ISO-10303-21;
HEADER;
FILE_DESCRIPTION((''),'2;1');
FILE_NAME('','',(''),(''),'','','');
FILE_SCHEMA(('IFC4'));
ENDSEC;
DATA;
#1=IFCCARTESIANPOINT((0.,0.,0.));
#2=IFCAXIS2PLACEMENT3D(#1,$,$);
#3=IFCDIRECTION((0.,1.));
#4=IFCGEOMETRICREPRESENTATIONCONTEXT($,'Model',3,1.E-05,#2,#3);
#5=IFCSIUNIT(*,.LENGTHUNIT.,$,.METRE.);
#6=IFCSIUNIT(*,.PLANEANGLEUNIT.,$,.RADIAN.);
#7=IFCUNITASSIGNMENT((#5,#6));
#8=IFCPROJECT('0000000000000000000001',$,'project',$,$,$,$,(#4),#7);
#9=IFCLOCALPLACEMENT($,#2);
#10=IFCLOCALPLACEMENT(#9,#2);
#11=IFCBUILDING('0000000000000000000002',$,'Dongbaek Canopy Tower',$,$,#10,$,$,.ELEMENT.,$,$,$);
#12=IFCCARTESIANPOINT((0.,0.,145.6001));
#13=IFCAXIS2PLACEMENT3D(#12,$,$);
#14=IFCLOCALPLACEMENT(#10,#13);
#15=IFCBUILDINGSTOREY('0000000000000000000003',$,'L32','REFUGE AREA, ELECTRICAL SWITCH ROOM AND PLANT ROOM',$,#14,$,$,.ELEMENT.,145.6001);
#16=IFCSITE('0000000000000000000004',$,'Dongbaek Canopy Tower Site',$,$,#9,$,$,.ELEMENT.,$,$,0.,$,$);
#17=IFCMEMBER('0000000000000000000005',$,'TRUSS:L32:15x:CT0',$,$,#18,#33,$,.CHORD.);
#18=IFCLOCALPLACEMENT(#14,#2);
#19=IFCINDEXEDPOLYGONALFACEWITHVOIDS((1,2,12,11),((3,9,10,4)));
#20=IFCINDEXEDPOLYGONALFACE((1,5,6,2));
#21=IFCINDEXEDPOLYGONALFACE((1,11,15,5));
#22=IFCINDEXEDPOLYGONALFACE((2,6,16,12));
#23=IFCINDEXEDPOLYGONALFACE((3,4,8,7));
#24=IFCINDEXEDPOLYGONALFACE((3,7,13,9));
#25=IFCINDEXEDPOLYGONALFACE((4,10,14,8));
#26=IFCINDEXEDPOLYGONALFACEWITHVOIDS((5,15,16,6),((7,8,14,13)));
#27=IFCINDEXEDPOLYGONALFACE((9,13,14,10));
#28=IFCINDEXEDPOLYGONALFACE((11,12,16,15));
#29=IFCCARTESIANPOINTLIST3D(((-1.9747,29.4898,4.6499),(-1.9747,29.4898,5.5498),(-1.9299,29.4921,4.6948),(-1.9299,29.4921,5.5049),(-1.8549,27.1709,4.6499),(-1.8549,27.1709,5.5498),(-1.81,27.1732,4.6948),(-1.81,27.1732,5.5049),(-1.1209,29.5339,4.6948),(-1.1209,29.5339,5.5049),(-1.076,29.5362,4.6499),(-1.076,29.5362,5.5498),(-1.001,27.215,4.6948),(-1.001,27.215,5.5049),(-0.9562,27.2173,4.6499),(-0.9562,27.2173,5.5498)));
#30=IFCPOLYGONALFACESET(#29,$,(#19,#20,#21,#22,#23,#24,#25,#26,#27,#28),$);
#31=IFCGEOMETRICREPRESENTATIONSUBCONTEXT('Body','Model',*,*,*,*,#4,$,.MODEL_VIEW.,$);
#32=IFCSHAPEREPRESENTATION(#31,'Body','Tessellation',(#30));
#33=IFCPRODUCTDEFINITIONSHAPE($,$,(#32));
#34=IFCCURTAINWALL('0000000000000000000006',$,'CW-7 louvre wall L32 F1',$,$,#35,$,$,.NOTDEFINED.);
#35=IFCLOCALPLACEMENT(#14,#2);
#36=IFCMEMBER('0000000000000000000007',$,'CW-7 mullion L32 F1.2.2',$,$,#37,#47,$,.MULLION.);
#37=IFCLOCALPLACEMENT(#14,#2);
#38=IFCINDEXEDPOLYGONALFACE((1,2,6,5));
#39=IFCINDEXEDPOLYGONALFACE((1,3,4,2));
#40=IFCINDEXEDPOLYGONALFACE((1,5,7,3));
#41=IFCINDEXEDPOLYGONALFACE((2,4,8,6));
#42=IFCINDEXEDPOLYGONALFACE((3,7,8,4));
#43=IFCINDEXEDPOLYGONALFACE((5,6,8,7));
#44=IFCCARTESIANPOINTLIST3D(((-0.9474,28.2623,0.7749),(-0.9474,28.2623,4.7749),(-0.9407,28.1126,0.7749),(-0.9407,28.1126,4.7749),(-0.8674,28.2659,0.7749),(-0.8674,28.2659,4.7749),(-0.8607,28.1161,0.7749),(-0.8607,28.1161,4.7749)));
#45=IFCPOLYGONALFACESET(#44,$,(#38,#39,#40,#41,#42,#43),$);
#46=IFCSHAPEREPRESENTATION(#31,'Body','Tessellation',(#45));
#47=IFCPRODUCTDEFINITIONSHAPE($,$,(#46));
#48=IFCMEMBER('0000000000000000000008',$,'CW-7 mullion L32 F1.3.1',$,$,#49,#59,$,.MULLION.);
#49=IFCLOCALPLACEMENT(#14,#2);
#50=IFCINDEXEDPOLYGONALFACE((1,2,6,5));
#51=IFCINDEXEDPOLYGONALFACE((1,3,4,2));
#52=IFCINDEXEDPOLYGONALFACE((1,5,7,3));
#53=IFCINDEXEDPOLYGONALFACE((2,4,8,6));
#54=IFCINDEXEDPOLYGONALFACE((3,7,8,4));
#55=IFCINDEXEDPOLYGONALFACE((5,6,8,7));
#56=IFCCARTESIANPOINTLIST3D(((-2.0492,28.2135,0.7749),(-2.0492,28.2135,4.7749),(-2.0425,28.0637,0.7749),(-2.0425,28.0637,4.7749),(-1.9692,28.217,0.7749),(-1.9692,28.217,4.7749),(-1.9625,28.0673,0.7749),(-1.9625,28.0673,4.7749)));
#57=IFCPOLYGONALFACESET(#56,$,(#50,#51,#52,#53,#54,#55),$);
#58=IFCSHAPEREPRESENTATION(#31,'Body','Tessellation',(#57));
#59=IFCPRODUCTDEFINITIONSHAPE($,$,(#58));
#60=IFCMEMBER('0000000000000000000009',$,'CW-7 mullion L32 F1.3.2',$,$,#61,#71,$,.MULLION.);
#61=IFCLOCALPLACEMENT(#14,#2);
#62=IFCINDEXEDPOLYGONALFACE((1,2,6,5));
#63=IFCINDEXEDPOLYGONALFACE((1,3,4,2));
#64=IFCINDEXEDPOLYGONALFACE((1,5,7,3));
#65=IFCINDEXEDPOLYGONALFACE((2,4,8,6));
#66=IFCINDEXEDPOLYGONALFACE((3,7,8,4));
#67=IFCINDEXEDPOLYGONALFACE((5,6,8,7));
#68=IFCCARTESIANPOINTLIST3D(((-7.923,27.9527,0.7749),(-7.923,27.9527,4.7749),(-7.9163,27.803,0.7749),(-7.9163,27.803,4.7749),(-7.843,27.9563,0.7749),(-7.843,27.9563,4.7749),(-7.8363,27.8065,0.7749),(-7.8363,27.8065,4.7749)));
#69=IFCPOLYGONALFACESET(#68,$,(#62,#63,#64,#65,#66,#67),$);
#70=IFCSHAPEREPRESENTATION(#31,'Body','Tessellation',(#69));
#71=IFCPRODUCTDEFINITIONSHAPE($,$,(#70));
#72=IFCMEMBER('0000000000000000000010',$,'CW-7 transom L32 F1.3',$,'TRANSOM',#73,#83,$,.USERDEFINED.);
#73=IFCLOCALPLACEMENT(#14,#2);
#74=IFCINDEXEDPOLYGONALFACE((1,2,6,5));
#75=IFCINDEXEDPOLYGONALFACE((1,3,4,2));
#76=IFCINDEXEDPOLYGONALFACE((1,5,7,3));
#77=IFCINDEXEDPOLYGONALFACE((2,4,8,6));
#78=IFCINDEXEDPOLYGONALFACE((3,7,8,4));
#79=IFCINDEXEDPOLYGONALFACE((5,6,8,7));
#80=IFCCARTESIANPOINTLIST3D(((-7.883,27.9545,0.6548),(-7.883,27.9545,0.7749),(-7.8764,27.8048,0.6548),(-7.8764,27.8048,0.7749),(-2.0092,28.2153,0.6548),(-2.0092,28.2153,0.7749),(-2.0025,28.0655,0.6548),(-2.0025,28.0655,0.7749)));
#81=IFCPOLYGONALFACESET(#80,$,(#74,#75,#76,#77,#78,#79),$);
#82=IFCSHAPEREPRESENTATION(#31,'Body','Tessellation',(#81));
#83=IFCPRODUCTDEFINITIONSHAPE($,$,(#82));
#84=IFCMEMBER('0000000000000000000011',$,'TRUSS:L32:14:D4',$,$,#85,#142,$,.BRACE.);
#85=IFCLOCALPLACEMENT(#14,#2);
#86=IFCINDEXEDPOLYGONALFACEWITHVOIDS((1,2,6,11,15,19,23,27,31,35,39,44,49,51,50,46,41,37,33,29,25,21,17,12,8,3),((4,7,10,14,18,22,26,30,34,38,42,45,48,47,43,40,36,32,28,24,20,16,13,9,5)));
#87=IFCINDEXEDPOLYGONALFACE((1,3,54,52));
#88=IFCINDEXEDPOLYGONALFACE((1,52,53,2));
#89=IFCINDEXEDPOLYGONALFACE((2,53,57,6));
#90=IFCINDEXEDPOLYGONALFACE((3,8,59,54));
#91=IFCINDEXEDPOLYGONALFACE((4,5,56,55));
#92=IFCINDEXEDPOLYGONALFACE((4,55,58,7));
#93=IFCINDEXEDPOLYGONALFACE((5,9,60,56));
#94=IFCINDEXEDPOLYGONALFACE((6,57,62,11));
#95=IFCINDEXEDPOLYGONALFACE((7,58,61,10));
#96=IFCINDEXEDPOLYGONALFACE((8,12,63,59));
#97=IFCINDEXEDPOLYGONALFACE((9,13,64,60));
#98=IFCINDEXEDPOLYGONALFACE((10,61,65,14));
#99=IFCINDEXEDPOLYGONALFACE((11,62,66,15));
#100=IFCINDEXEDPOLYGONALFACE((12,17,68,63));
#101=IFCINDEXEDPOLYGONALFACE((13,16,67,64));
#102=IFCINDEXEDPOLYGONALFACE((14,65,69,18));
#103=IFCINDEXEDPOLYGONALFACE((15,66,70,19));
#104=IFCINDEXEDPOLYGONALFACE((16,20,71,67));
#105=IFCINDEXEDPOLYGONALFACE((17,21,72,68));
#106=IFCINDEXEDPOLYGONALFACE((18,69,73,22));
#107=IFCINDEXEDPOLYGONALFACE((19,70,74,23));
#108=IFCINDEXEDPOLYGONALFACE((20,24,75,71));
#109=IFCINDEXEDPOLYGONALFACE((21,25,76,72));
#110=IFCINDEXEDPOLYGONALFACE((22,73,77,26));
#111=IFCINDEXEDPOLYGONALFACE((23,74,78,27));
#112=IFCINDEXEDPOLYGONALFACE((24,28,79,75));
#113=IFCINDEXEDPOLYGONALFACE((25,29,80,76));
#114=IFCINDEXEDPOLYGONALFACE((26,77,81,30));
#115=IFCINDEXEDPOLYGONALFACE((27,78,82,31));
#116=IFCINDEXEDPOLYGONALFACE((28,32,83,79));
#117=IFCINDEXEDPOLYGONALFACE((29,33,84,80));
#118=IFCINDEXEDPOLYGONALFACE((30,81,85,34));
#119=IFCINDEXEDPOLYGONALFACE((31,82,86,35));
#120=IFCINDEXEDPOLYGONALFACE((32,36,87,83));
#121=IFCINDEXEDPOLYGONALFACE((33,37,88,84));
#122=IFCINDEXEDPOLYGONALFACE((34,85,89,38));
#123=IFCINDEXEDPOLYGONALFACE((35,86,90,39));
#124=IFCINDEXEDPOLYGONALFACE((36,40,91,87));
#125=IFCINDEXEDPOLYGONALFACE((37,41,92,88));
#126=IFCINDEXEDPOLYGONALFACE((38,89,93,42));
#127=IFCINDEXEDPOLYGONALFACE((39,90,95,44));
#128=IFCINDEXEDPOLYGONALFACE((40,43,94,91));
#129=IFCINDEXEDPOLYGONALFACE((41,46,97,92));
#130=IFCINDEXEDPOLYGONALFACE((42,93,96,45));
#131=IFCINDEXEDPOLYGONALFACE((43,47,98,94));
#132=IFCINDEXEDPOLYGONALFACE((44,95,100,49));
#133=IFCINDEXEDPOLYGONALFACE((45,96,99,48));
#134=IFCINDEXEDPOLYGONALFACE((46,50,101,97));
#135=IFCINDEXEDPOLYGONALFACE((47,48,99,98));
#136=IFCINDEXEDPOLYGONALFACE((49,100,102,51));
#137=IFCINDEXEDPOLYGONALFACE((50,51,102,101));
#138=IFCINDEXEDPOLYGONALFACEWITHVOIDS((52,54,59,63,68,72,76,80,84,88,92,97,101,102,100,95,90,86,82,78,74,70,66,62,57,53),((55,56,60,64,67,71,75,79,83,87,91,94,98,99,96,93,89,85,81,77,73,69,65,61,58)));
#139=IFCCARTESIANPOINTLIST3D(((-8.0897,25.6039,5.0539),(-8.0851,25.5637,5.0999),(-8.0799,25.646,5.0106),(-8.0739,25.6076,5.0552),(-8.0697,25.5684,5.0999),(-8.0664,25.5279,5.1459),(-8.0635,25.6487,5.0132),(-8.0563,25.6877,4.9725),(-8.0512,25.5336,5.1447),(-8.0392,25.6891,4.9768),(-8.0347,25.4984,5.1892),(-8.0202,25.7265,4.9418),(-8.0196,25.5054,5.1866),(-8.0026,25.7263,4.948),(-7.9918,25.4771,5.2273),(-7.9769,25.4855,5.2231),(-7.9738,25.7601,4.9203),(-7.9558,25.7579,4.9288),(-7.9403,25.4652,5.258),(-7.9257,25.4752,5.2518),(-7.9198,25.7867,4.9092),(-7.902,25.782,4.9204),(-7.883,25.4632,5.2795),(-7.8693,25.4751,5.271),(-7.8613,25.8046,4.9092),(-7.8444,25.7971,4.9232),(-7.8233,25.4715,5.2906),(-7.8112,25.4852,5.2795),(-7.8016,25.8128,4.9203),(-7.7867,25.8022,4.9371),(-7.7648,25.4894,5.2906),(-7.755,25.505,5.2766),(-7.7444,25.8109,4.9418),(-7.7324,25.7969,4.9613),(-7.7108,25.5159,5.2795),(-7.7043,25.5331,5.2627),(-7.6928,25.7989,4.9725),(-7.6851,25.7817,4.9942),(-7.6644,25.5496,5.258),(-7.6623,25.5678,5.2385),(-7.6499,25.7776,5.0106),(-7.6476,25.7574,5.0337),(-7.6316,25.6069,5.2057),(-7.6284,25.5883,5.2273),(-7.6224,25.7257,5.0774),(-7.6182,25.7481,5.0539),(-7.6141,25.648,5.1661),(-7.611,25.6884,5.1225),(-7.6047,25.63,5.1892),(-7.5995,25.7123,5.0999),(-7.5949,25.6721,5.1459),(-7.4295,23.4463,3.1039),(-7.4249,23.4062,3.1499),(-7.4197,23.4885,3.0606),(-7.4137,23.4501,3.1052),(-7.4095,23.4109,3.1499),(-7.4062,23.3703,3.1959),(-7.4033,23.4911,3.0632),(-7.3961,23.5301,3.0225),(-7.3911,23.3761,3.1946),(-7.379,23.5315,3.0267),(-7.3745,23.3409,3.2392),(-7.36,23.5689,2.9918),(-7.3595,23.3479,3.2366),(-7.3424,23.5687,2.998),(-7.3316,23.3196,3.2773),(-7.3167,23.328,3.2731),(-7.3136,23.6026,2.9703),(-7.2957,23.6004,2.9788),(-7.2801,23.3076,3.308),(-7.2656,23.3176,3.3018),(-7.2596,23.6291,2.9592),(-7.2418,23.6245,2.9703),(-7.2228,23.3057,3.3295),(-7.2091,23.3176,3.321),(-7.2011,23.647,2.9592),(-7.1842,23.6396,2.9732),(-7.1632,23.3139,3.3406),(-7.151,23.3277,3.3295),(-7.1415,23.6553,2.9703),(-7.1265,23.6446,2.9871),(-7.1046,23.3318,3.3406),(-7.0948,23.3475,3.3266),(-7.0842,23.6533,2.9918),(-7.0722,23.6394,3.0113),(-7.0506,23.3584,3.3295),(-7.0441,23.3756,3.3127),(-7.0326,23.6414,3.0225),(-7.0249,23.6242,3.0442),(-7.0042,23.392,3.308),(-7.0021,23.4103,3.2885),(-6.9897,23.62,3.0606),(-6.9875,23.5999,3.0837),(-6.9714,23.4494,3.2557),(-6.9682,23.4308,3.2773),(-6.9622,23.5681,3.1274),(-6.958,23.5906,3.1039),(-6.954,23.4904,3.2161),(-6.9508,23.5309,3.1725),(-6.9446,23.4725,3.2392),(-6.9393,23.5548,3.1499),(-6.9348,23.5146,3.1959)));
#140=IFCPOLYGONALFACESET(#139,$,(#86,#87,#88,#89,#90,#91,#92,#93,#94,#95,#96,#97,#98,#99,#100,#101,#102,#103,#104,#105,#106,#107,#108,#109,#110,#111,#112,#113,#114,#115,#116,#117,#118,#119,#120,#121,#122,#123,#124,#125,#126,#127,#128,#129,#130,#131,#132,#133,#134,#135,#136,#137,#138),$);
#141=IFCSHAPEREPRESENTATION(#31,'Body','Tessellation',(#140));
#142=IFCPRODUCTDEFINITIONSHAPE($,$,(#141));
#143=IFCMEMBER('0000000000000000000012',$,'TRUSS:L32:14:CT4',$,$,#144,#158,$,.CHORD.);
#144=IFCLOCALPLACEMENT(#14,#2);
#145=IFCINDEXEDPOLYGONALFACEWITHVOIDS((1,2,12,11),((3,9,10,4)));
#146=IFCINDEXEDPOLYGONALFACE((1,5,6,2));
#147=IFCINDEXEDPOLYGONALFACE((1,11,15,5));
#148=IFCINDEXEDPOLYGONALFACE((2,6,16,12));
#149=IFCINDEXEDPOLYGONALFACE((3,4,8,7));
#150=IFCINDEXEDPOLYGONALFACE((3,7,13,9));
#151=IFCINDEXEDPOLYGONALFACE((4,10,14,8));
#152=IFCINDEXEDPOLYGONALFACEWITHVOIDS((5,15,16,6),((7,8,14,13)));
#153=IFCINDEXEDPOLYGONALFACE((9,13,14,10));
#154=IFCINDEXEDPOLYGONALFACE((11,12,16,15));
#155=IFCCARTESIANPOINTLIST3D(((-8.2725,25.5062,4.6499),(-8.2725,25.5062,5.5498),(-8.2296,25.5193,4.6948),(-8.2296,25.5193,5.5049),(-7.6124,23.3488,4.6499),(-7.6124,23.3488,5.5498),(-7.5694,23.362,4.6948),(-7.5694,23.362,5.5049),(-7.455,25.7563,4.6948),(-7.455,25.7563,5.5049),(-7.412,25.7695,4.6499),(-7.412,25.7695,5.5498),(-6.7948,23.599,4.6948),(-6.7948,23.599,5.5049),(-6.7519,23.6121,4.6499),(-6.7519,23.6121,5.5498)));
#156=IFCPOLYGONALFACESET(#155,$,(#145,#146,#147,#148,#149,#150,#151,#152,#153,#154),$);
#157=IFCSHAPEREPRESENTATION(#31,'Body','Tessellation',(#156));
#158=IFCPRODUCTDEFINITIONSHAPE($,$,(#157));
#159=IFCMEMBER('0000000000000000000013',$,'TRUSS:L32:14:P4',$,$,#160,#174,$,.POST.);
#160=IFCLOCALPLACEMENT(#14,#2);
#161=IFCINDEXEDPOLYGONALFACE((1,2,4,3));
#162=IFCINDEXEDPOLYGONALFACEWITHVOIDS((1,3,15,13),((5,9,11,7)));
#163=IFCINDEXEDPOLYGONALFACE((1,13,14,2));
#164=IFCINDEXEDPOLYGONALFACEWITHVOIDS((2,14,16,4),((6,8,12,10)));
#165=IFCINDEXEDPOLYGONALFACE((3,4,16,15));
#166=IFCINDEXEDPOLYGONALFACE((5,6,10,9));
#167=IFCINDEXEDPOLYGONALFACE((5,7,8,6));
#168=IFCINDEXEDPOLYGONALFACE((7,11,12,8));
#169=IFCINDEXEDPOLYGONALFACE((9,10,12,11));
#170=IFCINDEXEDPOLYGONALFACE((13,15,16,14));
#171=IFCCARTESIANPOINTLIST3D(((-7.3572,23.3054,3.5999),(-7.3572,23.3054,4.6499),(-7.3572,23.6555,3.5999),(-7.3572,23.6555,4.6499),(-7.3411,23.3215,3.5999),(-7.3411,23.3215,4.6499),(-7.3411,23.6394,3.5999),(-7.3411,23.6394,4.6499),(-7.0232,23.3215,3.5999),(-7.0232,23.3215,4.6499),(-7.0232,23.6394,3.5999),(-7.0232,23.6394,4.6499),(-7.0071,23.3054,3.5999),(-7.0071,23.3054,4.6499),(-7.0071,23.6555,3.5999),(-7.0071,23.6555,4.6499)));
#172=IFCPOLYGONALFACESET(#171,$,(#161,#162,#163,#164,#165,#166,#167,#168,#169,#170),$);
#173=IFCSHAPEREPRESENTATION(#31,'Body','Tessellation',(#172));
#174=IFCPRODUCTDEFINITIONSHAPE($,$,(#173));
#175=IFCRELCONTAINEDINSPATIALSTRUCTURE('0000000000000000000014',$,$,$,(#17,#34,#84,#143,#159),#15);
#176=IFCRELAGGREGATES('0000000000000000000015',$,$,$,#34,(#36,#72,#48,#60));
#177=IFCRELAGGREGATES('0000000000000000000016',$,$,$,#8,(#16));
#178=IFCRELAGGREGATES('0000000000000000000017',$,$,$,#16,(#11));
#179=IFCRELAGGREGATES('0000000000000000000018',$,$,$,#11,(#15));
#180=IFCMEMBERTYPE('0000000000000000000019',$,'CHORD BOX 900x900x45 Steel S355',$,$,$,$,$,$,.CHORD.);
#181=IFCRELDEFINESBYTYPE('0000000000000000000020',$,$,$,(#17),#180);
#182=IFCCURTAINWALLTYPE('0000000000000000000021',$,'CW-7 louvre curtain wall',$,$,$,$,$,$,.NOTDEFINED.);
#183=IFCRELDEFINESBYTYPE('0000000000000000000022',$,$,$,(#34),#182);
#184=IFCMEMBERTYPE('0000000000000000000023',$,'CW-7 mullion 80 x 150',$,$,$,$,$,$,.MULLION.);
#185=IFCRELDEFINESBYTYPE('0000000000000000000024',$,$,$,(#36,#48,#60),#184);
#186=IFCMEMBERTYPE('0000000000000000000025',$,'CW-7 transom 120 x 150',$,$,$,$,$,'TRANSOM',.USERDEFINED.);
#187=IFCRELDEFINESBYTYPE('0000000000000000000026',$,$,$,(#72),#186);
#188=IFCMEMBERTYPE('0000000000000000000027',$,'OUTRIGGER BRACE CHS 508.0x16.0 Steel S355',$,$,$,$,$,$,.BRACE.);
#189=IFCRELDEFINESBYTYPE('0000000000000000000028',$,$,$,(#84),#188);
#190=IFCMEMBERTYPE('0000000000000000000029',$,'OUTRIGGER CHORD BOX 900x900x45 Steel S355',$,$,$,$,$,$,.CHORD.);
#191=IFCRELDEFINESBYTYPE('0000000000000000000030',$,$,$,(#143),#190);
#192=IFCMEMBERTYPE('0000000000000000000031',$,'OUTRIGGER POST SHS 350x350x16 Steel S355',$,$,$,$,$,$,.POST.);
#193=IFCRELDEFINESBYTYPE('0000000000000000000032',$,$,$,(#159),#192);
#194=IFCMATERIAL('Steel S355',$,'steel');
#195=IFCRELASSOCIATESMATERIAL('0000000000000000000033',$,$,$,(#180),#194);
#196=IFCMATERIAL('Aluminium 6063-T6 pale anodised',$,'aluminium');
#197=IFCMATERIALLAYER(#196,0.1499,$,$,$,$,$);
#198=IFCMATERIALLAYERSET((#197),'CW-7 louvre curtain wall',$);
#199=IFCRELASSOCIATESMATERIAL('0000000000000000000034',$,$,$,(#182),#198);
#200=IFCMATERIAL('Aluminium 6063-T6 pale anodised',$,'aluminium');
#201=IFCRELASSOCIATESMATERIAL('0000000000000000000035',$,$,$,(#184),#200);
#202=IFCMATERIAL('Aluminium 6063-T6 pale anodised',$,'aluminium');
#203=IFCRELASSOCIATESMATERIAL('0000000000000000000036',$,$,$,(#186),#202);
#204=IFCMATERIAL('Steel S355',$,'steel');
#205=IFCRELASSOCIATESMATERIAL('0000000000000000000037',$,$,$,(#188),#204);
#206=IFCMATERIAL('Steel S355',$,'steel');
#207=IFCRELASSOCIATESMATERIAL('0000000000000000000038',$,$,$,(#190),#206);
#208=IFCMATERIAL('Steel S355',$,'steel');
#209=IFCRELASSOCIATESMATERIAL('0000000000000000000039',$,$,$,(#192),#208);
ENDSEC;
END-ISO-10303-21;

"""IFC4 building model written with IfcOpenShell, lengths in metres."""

from ifc_helpers import new_model, si_unit, direction, frame, origin, origin_2d, place, context, subcontext, project, spatial, rectangle, hollow_rectangle, hollow_circle, extrude, material, layer, layer_set, material_profile, profile_set, type_object, element, aggregate, save


model = new_model("IFC4")

# Units and contexts
model_context = context("Model", 3, precision=1e-05, world=origin(), true_north=direction((0.0, 1.0)))
body_context = subcontext(model_context, "Body", "Model", "MODEL_VIEW")
ifc_project = project(units=[si_unit("LENGTHUNIT", "METRE"), si_unit("PLANEANGLEUNIT", "RADIAN")], contexts=[model_context])

# Site, building, storey
site_placement = place(None, origin())
site = spatial("IfcSite", under=ifc_project, at=site_placement, Name="Dongbaek Canopy Tower Site", CompositionType="ELEMENT", RefElevation=0.0)
building_placement = place(site_placement, origin())
building = spatial("IfcBuilding", under=site, at=building_placement, Name="Dongbaek Canopy Tower", CompositionType="ELEMENT")
storey_placement = place(building_placement, frame((0.0, 0.0, 145.6001)))
storey = spatial("IfcBuildingStorey", under=building, at=storey_placement, Name="L32", Description="REFUGE AREA, ELECTRICAL SWITCH ROOM AND PLANT ROOM", CompositionType="ELEMENT", Elevation=145.6001)

# Member
ifc_material_1 = material(Name="Steel S355", Category="steel")
ifc_material_profile_1 = material_profile(ifc_material_1, hollow_rectangle(XDim=0.8999, YDim=0.8999, WallThickness=0.0449, at=origin_2d()), Name="CHORD BOX 900x900x45 Steel S355")
ifc_profile_set_1 = profile_set([ifc_material_profile_1], Name="Steel S355")
member_type_1 = type_object("IfcMemberType", Name="CHORD BOX 900x900x45 Steel S355", PredefinedType="CHORD", material=ifc_profile_set_1)
for number, where, z_axis, x_axis, name in (
    (1, (-1.4055, 27.1941, 5.0999), (-0.051626, 0.998666, 0.0), (-0.998666, -0.051626, 0.0), "TRUSS:L32:15x:CT0"),
):
    element("IfcMember", number, at=place(storey_placement, frame(where, z_axis=z_axis, x_axis=x_axis)), inside=storey, type_object=member_type_1, Name=name, PredefinedType="CHORD", context=body_context, shape_type="SweptSolid", body=[
        extrude(hollow_rectangle(XDim=0.8999, YDim=0.8999, WallThickness=0.0449, at=origin_2d()), origin(), (0.0, 0.0, 1.0), 2.322),
    ])

# Curtain wall, members
ifc_material_2 = material(Name="Aluminium 6063-T6 pale anodised", Category="aluminium")
ifc_layer_1 = layer(ifc_material_2, 0.1499)
ifc_layer_set_1 = layer_set([ifc_layer_1], Name="CW-7 louvre curtain wall")
curtain_wall_type = type_object("IfcCurtainWallType", Name="CW-7 louvre curtain wall", PredefinedType="NOTDEFINED", material=ifc_layer_set_1)
curtain_wall_placement = place(storey_placement, origin())
curtain_wall = element("IfcCurtainWall", 2, at=curtain_wall_placement, inside=storey, type_object=curtain_wall_type, Name="CW-7 louvre wall L32 F1", PredefinedType="NOTDEFINED")
ifc_material_3 = material(Name="Aluminium 6063-T6 pale anodised", Category="aluminium")
ifc_material_profile_2 = material_profile(ifc_material_3, rectangle(XDim=0.1499, YDim=0.0801, at=origin_2d()), Name="CW-7 mullion 80 x 150")
ifc_profile_set_2 = profile_set([ifc_material_profile_2], Name="Aluminium 6063-T6 pale anodised")
member_type_2 = type_object("IfcMemberType", Name="CW-7 mullion 80 x 150", PredefinedType="MULLION", material=ifc_profile_set_2)
member_1_placement = place(storey_placement, frame((-0.9041, 28.1892, 0.7749), z_axis=(0.0, 0.0, 1.0), x_axis=(-0.04436, 0.999016, 0.0)))
member_1 = element("IfcMember", 3, at=member_1_placement, type_object=member_type_2, Name="CW-7 mullion L32 F1.2.2", PredefinedType="MULLION", context=body_context, shape_type="SweptSolid", body=[
    extrude(rectangle(XDim=0.1499, YDim=0.0801, at=origin_2d()), origin(), (0.0, 0.0, 1.0), 4.0),
])
member_2_placement = place(storey_placement, frame((-2.0059, 28.1404, 0.7749), z_axis=(0.0, 0.0, 1.0), x_axis=(-0.04436, 0.999016, 0.0)))
member_2 = element("IfcMember", 4, at=member_2_placement, type_object=member_type_2, Name="CW-7 mullion L32 F1.3.1", PredefinedType="MULLION", context=body_context, shape_type="SweptSolid", body=[
    extrude(rectangle(XDim=0.1499, YDim=0.0801, at=origin_2d()), origin(), (0.0, 0.0, 1.0), 4.0),
])
member_3_placement = place(storey_placement, frame((-7.8796, 27.8796, 0.7749), z_axis=(0.0, 0.0, 1.0), x_axis=(-0.04436, 0.999016, 0.0)))
member_3 = element("IfcMember", 5, at=member_3_placement, type_object=member_type_2, Name="CW-7 mullion L32 F1.3.2", PredefinedType="MULLION", context=body_context, shape_type="SweptSolid", body=[
    extrude(rectangle(XDim=0.1499, YDim=0.0801, at=origin_2d()), origin(), (0.0, 0.0, 1.0), 4.0),
])
ifc_material_4 = material(Name="Aluminium 6063-T6 pale anodised", Category="aluminium")
ifc_material_profile_3 = material_profile(ifc_material_4, rectangle(XDim=0.1499, YDim=0.1201, at=origin_2d()), Name="CW-7 transom 120 x 150")
ifc_profile_set_3 = profile_set([ifc_material_profile_3], Name="Aluminium 6063-T6 pale anodised")
member_type_3 = type_object("IfcMemberType", Name="CW-7 transom 120 x 150", ElementType="TRANSOM", PredefinedType="USERDEFINED", material=ifc_profile_set_3)
member_4_placement = place(storey_placement, frame((-2.0059, 28.1404, 0.7148), z_axis=(-0.999016, -0.044347, 0.0), x_axis=(0.044347, -0.999016, 0.0)))
member_4 = element("IfcMember", 6, at=member_4_placement, type_object=member_type_3, Name="CW-7 transom L32 F1.3", ObjectType="TRANSOM", PredefinedType="USERDEFINED", context=body_context, shape_type="SweptSolid", body=[
    extrude(rectangle(XDim=0.1499, YDim=0.1201, at=origin_2d()), origin(), (0.0, 0.0, 1.0), 5.8796),
])

# Members
ifc_material_5 = material(Name="Steel S355", Category="steel")
ifc_material_profile_4 = material_profile(ifc_material_5, hollow_circle(Radius=0.2539, WallThickness=0.0161, at=origin_2d()), Name="OUTRIGGER BRACE CHS 508.0x16.0 Steel S355")
ifc_profile_set_4 = profile_set([ifc_material_profile_4], Name="Steel S355")
member_type_4 = type_object("IfcMemberType", Name="OUTRIGGER BRACE CHS 508.0x16.0 Steel S355", PredefinedType="BRACE", material=ifc_profile_set_4)
member_5_placement = place(storey_placement, frame((-7.1821, 23.4805, 3.1499), z_axis=(-0.221374, 0.723479, 0.65389), x_axis=(-0.956236, -0.292595, 0.0)))
element("IfcMember", 7, at=member_5_placement, inside=storey, type_object=member_type_4, Name="TRUSS:L32:14:D4", PredefinedType="BRACE", context=body_context, shape_type="SweptSolid", body=[
    extrude(hollow_circle(Radius=0.2539, WallThickness=0.0161, at=origin_2d()), origin(), (0.0, 0.0, 1.0), 2.9822),
])
ifc_material_6 = material(Name="Steel S355", Category="steel")
ifc_material_profile_5 = material_profile(ifc_material_6, hollow_rectangle(XDim=0.8999, YDim=0.8999, WallThickness=0.0449, at=origin_2d()), Name="OUTRIGGER CHORD BOX 900x900x45 Steel S355")
ifc_profile_set_5 = profile_set([ifc_material_profile_5], Name="Steel S355")
member_type_5 = type_object("IfcMemberType", Name="OUTRIGGER CHORD BOX 900x900x45 Steel S355", PredefinedType="CHORD", material=ifc_profile_set_5)
member_6_placement = place(storey_placement, frame((-7.1821, 23.4805, 5.0999), z_axis=(-0.292595, 0.956236, 0.0), x_axis=(-0.956236, -0.292595, 0.0)))
element("IfcMember", 8, at=member_6_placement, inside=storey, type_object=member_type_5, Name="TRUSS:L32:14:CT4", PredefinedType="CHORD", context=body_context, shape_type="SweptSolid", body=[
    extrude(hollow_rectangle(XDim=0.8999, YDim=0.8999, WallThickness=0.0449, at=origin_2d()), origin(), (0.0, 0.0, 1.0), 2.2561),
])
ifc_material_7 = material(Name="Steel S355", Category="steel")
ifc_material_profile_6 = material_profile(ifc_material_7, hollow_rectangle(XDim=0.3501, YDim=0.3501, WallThickness=0.0161, at=origin_2d()), Name="OUTRIGGER POST SHS 350x350x16 Steel S355")
ifc_profile_set_6 = profile_set([ifc_material_profile_6], Name="Steel S355")
member_type_6 = type_object("IfcMemberType", Name="OUTRIGGER POST SHS 350x350x16 Steel S355", PredefinedType="POST", material=ifc_profile_set_6)
member_7_placement = place(storey_placement, frame((-7.1821, 23.4805, 3.5999), z_axis=(0.0, 0.0, 1.0), x_axis=(1.0, 0.0, 0.0)))
element("IfcMember", 9, at=member_7_placement, inside=storey, type_object=member_type_6, Name="TRUSS:L32:14:P4", PredefinedType="POST", context=body_context, shape_type="SweptSolid", body=[
    extrude(hollow_rectangle(XDim=0.3501, YDim=0.3501, WallThickness=0.0161, at=origin_2d()), origin(), (0.0, 0.0, 1.0), 1.05),
])

aggregate(curtain_wall, [member_1, member_4, member_2, member_3])

save(model, "model.ifc")
